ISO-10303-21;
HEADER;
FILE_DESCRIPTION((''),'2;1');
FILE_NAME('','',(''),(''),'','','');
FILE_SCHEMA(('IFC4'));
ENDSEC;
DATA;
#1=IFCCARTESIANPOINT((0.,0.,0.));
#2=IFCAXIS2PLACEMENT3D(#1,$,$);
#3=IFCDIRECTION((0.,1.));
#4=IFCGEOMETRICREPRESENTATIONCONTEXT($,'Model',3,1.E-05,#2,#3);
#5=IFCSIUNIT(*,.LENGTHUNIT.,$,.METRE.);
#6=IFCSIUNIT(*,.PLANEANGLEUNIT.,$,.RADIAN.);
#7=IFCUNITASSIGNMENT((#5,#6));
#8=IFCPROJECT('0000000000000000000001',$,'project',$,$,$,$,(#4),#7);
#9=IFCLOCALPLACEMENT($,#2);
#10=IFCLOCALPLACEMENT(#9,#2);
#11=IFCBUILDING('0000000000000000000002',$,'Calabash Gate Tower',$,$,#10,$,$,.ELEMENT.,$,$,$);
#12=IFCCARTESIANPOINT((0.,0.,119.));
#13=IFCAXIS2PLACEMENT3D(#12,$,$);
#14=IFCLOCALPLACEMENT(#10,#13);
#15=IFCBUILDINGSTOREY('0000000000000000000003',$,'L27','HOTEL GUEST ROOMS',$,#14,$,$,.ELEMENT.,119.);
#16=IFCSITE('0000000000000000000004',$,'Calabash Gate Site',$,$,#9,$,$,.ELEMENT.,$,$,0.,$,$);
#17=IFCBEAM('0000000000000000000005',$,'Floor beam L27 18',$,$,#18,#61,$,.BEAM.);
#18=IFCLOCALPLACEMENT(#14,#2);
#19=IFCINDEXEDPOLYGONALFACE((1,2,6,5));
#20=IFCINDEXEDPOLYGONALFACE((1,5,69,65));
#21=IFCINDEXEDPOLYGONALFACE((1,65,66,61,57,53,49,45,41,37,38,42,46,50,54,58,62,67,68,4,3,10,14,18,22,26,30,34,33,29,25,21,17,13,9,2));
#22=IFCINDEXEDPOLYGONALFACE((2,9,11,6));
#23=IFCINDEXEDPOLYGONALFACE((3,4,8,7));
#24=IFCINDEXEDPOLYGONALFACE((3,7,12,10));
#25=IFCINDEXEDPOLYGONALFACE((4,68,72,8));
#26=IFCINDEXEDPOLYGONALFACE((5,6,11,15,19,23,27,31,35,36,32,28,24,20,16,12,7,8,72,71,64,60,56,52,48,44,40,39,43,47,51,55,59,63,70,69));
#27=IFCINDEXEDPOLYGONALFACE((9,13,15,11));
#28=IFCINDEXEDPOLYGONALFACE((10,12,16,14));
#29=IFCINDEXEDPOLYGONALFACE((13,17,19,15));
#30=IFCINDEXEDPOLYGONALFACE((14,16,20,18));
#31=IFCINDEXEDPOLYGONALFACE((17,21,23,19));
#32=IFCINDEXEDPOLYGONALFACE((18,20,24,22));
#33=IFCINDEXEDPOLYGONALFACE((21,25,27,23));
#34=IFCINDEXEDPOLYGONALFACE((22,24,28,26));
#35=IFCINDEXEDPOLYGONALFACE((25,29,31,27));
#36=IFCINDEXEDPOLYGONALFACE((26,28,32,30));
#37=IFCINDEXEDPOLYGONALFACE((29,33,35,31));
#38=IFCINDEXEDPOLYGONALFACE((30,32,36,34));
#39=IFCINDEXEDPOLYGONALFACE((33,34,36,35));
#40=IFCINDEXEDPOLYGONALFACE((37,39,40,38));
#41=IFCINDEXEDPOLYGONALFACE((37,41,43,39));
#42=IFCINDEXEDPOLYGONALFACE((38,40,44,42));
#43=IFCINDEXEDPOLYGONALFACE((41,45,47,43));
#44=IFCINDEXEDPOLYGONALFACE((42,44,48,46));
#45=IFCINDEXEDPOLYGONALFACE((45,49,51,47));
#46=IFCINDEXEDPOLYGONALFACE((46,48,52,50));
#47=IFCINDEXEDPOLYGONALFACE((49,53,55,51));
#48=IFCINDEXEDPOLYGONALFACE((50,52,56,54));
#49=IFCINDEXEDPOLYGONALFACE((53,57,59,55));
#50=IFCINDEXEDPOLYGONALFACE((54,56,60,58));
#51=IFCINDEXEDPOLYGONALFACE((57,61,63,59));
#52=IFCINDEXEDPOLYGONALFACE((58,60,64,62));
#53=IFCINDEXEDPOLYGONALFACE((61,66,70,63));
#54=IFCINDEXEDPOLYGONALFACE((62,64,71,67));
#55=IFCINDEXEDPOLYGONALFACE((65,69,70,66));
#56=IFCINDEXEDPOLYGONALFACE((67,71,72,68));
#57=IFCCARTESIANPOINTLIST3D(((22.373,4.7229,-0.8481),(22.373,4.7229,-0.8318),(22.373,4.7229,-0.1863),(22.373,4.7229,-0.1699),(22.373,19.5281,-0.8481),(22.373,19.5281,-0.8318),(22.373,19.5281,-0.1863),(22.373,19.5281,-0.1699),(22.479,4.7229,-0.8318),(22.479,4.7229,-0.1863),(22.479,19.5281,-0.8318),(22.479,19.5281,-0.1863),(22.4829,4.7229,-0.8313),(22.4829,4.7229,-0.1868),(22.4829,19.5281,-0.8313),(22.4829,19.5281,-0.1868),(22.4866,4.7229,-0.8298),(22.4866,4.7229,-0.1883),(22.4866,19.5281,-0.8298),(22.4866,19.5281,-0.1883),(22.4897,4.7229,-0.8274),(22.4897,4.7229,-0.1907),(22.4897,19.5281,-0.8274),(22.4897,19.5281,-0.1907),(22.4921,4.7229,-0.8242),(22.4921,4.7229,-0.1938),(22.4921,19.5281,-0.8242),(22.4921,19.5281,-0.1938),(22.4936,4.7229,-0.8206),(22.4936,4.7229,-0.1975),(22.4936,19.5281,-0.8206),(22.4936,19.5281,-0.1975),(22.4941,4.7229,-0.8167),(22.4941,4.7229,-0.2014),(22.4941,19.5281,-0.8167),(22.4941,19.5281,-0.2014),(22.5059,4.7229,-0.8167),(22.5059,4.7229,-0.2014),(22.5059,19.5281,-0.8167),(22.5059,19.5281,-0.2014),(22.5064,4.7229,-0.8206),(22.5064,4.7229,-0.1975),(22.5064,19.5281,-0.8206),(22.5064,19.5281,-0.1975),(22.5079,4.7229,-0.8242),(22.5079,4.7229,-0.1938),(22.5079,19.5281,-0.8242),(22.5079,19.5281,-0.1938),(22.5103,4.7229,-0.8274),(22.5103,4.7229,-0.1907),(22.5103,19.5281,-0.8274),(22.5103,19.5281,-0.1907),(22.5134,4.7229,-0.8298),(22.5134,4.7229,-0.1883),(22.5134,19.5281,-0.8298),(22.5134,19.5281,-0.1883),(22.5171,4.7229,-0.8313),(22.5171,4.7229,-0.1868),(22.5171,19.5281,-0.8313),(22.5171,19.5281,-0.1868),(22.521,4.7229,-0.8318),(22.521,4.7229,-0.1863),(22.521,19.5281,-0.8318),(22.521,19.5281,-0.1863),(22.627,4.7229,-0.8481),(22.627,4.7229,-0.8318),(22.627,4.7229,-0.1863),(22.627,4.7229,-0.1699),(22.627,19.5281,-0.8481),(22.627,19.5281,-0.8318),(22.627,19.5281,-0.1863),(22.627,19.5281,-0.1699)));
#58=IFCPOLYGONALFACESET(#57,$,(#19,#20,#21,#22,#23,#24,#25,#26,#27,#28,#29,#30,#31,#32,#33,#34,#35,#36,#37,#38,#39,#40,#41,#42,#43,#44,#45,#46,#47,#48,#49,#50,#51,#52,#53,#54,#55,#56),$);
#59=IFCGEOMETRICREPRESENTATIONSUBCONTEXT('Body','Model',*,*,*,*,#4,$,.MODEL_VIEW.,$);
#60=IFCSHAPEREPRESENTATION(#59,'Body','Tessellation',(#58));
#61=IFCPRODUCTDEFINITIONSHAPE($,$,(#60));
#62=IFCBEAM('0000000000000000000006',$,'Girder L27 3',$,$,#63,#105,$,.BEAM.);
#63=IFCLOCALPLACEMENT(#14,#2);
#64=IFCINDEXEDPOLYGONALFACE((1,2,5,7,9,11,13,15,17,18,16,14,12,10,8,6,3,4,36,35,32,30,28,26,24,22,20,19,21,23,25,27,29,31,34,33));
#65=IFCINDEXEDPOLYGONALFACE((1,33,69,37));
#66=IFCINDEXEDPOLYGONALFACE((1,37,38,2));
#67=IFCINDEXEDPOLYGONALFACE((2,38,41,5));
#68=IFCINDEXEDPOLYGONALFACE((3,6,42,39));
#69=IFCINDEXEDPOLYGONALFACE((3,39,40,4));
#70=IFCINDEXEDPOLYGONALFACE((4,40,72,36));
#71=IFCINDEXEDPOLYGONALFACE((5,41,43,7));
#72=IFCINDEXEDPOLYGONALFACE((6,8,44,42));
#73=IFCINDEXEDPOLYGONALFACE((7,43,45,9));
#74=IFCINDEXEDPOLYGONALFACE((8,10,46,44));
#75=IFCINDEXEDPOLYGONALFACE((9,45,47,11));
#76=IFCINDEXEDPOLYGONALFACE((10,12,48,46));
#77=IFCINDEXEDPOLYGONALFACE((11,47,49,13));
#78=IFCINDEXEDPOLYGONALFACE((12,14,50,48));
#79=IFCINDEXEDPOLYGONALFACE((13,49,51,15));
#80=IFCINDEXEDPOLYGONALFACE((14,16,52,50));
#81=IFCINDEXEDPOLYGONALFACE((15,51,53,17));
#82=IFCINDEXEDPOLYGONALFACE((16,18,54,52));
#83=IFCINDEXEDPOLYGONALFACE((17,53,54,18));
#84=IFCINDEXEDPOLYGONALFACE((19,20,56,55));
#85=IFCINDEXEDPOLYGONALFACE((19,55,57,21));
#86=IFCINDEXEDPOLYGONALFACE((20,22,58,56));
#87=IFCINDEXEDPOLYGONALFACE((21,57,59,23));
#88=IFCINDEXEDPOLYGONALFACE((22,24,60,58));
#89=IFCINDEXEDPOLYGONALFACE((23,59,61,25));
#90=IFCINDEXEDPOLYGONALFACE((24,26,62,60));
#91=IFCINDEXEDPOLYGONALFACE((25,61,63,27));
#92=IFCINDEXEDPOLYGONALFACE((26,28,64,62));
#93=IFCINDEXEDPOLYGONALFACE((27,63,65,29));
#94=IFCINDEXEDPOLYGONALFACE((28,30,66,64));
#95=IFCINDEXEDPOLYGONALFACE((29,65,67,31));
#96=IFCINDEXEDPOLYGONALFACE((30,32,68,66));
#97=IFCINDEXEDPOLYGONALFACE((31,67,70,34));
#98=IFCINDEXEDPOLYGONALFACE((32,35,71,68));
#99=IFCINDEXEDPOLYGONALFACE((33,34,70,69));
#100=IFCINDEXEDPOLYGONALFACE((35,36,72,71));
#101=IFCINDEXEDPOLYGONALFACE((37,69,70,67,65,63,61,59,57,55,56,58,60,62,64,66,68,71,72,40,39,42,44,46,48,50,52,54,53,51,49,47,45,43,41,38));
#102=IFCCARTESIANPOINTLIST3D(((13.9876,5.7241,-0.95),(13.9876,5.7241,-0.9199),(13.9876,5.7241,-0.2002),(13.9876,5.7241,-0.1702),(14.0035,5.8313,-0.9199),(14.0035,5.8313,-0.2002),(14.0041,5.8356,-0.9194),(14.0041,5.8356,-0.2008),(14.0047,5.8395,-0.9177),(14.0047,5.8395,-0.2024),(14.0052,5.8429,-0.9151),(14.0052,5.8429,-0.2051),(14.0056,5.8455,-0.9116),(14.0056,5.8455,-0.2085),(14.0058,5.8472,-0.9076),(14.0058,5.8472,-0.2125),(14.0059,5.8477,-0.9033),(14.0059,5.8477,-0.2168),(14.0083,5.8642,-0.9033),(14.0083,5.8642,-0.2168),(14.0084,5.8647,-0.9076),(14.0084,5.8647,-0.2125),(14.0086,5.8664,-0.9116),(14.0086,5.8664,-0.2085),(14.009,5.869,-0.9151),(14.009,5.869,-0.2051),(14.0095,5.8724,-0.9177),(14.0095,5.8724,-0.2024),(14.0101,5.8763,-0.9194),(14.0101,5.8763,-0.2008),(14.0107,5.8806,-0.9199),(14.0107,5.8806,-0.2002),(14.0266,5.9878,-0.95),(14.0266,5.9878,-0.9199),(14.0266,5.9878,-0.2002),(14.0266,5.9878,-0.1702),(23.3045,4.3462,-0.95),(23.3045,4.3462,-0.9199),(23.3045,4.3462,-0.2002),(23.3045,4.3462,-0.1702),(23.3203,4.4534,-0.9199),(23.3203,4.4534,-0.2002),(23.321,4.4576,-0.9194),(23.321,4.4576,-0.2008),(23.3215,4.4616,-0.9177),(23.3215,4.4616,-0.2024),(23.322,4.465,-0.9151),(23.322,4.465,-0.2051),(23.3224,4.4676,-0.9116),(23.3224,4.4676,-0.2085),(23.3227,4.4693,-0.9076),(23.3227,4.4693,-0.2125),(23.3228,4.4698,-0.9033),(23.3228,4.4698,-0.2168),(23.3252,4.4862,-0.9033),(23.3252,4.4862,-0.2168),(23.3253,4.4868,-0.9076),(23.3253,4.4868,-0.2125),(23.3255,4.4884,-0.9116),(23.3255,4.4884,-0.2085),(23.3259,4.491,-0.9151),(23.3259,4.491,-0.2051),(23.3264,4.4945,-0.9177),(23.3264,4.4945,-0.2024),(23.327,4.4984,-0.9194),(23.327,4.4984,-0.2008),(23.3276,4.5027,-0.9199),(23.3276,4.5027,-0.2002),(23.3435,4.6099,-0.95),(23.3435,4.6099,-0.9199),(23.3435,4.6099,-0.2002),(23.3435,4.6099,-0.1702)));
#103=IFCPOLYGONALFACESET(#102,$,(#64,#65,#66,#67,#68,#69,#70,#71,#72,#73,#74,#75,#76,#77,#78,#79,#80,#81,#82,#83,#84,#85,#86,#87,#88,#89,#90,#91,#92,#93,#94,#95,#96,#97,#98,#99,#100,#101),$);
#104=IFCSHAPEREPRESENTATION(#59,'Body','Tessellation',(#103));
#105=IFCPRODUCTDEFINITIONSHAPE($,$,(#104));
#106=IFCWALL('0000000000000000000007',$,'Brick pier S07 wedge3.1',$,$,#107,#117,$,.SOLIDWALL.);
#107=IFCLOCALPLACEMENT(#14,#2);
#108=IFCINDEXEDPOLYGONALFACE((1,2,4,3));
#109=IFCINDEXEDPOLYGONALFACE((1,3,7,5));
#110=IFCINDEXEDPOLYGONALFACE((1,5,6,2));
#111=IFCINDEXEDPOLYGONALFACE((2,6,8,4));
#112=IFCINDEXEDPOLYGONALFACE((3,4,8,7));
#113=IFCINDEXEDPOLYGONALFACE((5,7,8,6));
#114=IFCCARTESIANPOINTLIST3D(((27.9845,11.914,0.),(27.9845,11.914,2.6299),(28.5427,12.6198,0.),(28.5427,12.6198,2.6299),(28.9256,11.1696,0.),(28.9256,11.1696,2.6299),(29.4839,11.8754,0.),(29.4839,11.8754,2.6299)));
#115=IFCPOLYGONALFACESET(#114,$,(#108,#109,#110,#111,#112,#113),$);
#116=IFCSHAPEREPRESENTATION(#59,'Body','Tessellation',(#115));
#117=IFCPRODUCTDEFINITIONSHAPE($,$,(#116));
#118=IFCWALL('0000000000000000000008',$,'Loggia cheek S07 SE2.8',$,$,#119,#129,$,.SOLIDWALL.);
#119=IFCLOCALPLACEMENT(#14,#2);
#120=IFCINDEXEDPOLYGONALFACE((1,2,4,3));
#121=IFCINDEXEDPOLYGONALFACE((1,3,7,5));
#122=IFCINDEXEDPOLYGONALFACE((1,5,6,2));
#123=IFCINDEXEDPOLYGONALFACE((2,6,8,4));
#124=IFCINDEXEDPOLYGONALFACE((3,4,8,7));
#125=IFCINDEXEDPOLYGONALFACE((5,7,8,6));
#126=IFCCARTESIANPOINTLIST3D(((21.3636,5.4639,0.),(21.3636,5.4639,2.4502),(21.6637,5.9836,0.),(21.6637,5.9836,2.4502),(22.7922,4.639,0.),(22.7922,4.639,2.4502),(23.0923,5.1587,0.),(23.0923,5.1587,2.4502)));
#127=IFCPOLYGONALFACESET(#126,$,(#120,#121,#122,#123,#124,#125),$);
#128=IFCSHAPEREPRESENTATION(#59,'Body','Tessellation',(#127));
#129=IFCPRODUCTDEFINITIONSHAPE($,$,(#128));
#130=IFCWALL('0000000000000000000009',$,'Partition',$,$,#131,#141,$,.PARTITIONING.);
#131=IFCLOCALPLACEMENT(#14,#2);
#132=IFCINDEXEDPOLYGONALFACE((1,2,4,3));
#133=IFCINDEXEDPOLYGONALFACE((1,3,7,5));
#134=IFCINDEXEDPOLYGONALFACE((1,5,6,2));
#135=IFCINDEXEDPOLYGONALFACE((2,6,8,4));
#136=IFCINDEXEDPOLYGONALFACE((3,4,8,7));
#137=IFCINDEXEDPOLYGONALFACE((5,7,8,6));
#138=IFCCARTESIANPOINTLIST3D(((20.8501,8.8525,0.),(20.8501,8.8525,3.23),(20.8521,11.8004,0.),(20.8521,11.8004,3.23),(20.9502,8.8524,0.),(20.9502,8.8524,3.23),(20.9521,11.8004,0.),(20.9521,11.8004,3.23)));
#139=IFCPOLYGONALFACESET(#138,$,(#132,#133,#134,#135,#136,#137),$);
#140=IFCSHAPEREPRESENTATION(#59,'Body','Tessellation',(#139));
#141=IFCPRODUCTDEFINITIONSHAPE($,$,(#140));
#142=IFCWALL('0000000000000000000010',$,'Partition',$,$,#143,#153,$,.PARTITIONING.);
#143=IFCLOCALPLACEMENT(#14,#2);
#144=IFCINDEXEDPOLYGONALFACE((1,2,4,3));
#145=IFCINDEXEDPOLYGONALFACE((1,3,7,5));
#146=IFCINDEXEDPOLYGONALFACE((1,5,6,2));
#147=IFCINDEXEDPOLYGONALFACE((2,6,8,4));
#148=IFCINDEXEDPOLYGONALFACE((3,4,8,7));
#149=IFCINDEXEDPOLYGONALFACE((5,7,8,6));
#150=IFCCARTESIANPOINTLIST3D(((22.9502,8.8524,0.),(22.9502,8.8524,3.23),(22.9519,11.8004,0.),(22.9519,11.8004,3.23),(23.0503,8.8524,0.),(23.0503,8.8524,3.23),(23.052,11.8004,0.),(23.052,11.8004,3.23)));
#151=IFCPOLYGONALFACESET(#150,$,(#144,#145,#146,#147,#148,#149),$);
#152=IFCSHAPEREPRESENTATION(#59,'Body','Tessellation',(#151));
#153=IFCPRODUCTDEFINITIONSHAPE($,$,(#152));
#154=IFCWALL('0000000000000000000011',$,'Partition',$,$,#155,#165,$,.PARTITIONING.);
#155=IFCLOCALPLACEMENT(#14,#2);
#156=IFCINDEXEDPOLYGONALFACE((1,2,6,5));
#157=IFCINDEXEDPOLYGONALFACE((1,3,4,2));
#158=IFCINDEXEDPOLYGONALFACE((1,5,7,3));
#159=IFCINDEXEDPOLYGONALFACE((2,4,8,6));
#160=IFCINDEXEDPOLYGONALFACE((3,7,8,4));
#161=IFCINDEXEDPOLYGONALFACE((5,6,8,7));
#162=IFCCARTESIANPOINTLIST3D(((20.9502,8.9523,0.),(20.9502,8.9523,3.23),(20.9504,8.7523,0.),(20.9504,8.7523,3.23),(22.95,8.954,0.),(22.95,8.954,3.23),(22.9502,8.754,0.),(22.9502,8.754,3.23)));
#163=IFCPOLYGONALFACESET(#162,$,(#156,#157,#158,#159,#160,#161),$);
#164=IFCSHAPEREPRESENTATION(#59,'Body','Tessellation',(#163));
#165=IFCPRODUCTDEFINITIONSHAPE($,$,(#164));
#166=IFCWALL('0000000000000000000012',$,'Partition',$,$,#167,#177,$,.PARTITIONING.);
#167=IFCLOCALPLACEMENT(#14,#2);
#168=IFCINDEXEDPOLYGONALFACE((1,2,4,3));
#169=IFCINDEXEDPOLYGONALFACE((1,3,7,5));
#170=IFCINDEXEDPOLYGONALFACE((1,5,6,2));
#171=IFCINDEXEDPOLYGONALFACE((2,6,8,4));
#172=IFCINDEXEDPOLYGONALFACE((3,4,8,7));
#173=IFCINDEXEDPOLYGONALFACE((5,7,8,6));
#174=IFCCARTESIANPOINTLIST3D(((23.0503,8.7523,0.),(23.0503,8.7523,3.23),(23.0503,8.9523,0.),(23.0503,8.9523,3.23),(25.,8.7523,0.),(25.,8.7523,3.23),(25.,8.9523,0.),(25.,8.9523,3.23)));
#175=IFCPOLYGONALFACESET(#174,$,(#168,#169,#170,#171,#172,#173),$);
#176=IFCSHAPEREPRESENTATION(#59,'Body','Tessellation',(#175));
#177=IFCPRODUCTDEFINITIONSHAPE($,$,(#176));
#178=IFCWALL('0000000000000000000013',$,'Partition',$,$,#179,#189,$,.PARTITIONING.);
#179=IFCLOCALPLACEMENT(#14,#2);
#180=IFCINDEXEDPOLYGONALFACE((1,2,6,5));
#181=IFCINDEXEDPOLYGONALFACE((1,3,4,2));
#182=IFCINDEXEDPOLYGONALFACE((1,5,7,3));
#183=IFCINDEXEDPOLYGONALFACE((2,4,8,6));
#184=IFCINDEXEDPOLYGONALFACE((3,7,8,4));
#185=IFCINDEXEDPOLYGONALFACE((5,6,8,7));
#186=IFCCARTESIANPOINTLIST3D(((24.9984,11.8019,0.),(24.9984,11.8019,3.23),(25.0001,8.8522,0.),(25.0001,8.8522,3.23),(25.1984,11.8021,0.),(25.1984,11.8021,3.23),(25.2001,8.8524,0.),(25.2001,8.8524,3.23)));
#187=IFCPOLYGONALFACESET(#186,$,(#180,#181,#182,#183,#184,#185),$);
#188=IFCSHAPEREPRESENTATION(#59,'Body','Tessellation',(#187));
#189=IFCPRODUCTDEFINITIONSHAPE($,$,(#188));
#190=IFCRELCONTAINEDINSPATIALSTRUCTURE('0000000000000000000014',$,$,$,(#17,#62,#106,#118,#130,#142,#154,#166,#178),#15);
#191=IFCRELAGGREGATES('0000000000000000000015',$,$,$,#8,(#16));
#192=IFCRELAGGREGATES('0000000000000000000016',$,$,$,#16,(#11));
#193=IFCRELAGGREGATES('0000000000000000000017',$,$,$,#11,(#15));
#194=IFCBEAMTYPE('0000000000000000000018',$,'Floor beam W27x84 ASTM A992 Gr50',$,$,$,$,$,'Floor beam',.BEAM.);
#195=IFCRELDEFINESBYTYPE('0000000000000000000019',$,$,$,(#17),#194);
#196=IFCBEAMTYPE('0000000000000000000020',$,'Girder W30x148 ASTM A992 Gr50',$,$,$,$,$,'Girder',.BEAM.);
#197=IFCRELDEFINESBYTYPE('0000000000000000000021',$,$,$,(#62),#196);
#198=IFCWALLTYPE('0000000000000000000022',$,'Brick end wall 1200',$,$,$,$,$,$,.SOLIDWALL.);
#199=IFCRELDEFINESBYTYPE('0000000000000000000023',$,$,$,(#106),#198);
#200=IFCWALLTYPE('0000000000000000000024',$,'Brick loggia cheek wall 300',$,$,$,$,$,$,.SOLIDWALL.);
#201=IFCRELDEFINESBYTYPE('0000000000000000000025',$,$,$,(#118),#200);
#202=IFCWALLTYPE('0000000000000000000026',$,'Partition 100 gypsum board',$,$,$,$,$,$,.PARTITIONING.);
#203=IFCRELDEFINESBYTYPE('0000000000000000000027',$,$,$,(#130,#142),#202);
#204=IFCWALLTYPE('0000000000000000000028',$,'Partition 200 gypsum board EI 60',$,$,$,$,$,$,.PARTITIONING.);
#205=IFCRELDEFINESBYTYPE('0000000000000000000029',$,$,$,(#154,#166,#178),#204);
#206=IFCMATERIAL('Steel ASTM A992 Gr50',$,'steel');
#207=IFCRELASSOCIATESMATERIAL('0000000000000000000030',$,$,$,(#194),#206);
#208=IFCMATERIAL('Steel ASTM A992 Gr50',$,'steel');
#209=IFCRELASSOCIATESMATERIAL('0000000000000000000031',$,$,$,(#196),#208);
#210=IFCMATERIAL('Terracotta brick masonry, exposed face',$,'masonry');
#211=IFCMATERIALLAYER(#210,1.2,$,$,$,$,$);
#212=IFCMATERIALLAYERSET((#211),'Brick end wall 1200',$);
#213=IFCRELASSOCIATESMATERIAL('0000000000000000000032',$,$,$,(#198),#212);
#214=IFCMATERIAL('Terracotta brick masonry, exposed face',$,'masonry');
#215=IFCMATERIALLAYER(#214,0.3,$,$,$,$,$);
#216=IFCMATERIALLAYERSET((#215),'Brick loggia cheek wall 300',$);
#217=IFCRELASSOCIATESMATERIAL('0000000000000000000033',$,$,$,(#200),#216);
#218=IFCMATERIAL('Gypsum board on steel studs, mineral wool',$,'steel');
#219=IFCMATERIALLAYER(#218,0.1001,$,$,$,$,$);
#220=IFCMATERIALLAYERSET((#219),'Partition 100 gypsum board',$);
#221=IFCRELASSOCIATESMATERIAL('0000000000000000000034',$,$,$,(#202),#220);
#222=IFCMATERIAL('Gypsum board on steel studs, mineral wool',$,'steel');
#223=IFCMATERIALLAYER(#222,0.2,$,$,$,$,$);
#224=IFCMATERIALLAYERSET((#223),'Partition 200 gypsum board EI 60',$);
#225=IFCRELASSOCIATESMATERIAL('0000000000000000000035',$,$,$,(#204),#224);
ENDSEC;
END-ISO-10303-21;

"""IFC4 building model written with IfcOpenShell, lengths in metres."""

from ifc_helpers import new_model, si_unit, direction, frame, frame_2d, origin, origin_2d, place, context, subcontext, project, spatial, rectangle, i_section, extrude, material, layer, layer_set, material_profile, profile_set, type_object, element, save


model = new_model("IFC4")

# Units and contexts
model_context = context("Model", 3, precision=1e-05, world=origin(), true_north=direction((0.0, 1.0)))
body_context = subcontext(model_context, "Body", "Model", "MODEL_VIEW")
ifc_project = project(units=[si_unit("LENGTHUNIT", "METRE"), si_unit("PLANEANGLEUNIT", "RADIAN")], contexts=[model_context])

# Site, building, storey
site_placement = place(None, origin())
site = spatial("IfcSite", under=ifc_project, at=site_placement, Name="Calabash Gate Site", CompositionType="ELEMENT", RefElevation=0.0)
building_placement = place(site_placement, origin())
building = spatial("IfcBuilding", under=site, at=building_placement, Name="Calabash Gate Tower", CompositionType="ELEMENT")
storey_placement = place(building_placement, frame((0.0, 0.0, 119.0)))
storey = spatial("IfcBuildingStorey", under=building, at=storey_placement, Name="L27", Description="HOTEL GUEST ROOMS", CompositionType="ELEMENT", Elevation=119.0)

# Beams
ifc_material_1 = material(Name="Steel ASTM A992 Gr50", Category="steel")
ifc_material_profile_1 = material_profile(ifc_material_1, i_section(OverallWidth=0.2539, OverallDepth=0.6782, WebThickness=0.0117, FlangeThickness=0.0164, FilletRadius=0.0151, at=origin_2d()))
ifc_profile_set_1 = profile_set([ifc_material_profile_1], Name="Steel ASTM A992 Gr50")
beam_type_1 = type_object("IfcBeamType", Name="Floor beam W27x84 ASTM A992 Gr50", ElementType="Floor beam", PredefinedType="BEAM", material=ifc_profile_set_1)
beam_1_placement = place(storey_placement, frame((22.5, 4.7229, -0.509), z_axis=(0.0, 1.0, 0.0), x_axis=(-1.0, 0.0, 0.0)))
element("IfcBeam", 1, at=beam_1_placement, inside=storey, type_object=beam_type_1, Name="Floor beam L27 18", PredefinedType="BEAM", context=body_context, shape_type="SweptSolid", body=[
    extrude(i_section(OverallWidth=0.2539, OverallDepth=0.6782, WebThickness=0.0117, FlangeThickness=0.0164, FilletRadius=0.0151, at=origin_2d()), origin(), (0.0, 0.0, 1.0), 14.8052),
])
ifc_material_2 = material(Name="Steel ASTM A992 Gr50", Category="steel")
ifc_material_profile_2 = material_profile(ifc_material_2, i_section(OverallWidth=0.2666, OverallDepth=0.7798, WebThickness=0.0166, FlangeThickness=0.03, FilletRadius=0.0166, at=origin_2d()))
ifc_profile_set_2 = profile_set([ifc_material_profile_2], Name="Steel ASTM A992 Gr50")
beam_type_2 = type_object("IfcBeamType", Name="Girder W30x148 ASTM A992 Gr50", ElementType="Girder", PredefinedType="BEAM", material=ifc_profile_set_2)
beam_2_placement = place(storey_placement, frame((23.324, 4.478, -0.5601), z_axis=(-0.98924, 0.146304, 0.0), x_axis=(-0.146304, -0.98924, 0.0)))
element("IfcBeam", 2, at=beam_2_placement, inside=storey, type_object=beam_type_2, Name="Girder L27 3", PredefinedType="BEAM", context=body_context, shape_type="SweptSolid", body=[
    extrude(i_section(OverallWidth=0.2666, OverallDepth=0.7798, WebThickness=0.0166, FlangeThickness=0.03, FilletRadius=0.0166, at=origin_2d()), origin(), (0.0, 0.0, 1.0), 9.4182),
])

# Walls
ifc_material_3 = material(Name="Terracotta brick masonry, exposed face", Category="masonry")
ifc_layer_1 = layer(ifc_material_3, 1.2)
ifc_layer_set_1 = layer_set([ifc_layer_1], Name="Brick end wall 1200")
wall_type_1 = type_object("IfcWallType", Name="Brick end wall 1200", PredefinedType="SOLIDWALL", material=ifc_layer_set_1)
wall_1_placement = place(storey_placement, frame((29.2048, 11.5225, 0.0), z_axis=(0.0, 0.0, 1.0), x_axis=(-0.78433, 0.620343, 0.0)))
element("IfcWall", 3, at=wall_1_placement, inside=storey, type_object=wall_type_1, Name="Brick pier S07 wedge3.1", PredefinedType="SOLIDWALL", context=body_context, shape_type="SweptSolid", body=[
    extrude(rectangle(XDim=1.2, YDim=0.8999, at=frame_2d((0.6001, 0.0))), origin(), (0.0, 0.0, 1.0), 2.6299),
])
ifc_material_4 = material(Name="Terracotta brick masonry, exposed face", Category="masonry")
ifc_layer_2 = layer(ifc_material_4, 0.3)
ifc_layer_set_2 = layer_set([ifc_layer_2], Name="Brick loggia cheek wall 300")
wall_type_2 = type_object("IfcWallType", Name="Brick loggia cheek wall 300", PredefinedType="SOLIDWALL", material=ifc_layer_set_2)
wall_2_placement = place(storey_placement, frame((22.9421, 4.8989, 0.0), z_axis=(0.0, 0.0, 1.0), x_axis=(-0.866003, 0.500038, 0.0)))
element("IfcWall", 4, at=wall_2_placement, inside=storey, type_object=wall_type_2, Name="Loggia cheek S07 SE2.8", PredefinedType="SOLIDWALL", context=body_context, shape_type="SweptSolid", body=[
    extrude(rectangle(XDim=1.6497, YDim=0.6001, at=frame_2d((0.8247, 0.0))), origin(), (0.0, 0.0, 1.0), 2.4502),
])
ifc_material_5 = material(Name="Gypsum board on steel studs, mineral wool", Category="steel")
ifc_layer_3 = layer(ifc_material_5, 0.1001)
ifc_layer_set_3 = layer_set([ifc_layer_3], Name="Partition 100 gypsum board")
wall_type_3 = type_object("IfcWallType", Name="Partition 100 gypsum board", PredefinedType="PARTITIONING", material=ifc_layer_set_3)
for number, where, z_axis, x_axis, name in (
    (5, (20.9001, 8.8523, 0.0), (0.0, 0.0, 1.0), (0.000663, 1.0, 0.0), "Partition"),
    (6, (23.0002, 8.8523, 0.0), (0.0, 0.0, 1.0), (0.00058, 1.0, 0.0), "Partition"),
):
    element("IfcWall", number, at=place(storey_placement, frame(where, z_axis=z_axis, x_axis=x_axis)), inside=storey, type_object=wall_type_3, Name=name, PredefinedType="PARTITIONING", context=body_context, shape_type="SweptSolid", body=[
        extrude(rectangle(XDim=2.948, YDim=0.1001, at=frame_2d((1.4741, 0.0))), origin(), (0.0, 0.0, 1.0), 3.23),
    ])
ifc_material_6 = material(Name="Gypsum board on steel studs, mineral wool", Category="steel")
ifc_layer_4 = layer(ifc_material_6, 0.2)
ifc_layer_set_4 = layer_set([ifc_layer_4], Name="Partition 200 gypsum board EI 60")
wall_type_4 = type_object("IfcWallType", Name="Partition 200 gypsum board EI 60", PredefinedType="PARTITIONING", material=ifc_layer_set_4)
wall_3_placement = place(storey_placement, frame((20.9502, 8.8523, 0.0), z_axis=(0.0, 0.0, 1.0), x_axis=(1.0, 0.000855, 0.0)))
element("IfcWall", 7, at=wall_3_placement, inside=storey, type_object=wall_type_4, Name="Partition", PredefinedType="PARTITIONING", context=body_context, shape_type="SweptSolid", body=[
    extrude(rectangle(XDim=1.9998, YDim=0.2, at=frame_2d((1.0, 0.0))), origin(), (0.0, 0.0, 1.0), 3.23),
])
wall_4_placement = place(storey_placement, frame((23.0503, 8.8523, 0.0), z_axis=(0.0, 0.0, 1.0), x_axis=(1.0, 0.0, 0.0)))
element("IfcWall", 8, at=wall_4_placement, inside=storey, type_object=wall_type_4, Name="Partition", PredefinedType="PARTITIONING", context=body_context, shape_type="SweptSolid", body=[
    extrude(rectangle(XDim=1.9497, YDim=0.2, at=frame_2d((0.9749, 0.0))), origin(), (0.0, 0.0, 1.0), 3.23),
])
wall_5_placement = place(storey_placement, frame((25.0984, 11.802, 0.0), z_axis=(0.0, 0.0, 1.0), x_axis=(0.000579, -1.0, 0.0)))
element("IfcWall", 9, at=wall_5_placement, inside=storey, type_object=wall_type_4, Name="Partition", PredefinedType="PARTITIONING", context=body_context, shape_type="SweptSolid", body=[
    extrude(rectangle(XDim=2.9497, YDim=0.2, at=frame_2d((1.4749, 0.0))), origin(), (0.0, 0.0, 1.0), 3.23),
])

save(model, "model.ifc")
